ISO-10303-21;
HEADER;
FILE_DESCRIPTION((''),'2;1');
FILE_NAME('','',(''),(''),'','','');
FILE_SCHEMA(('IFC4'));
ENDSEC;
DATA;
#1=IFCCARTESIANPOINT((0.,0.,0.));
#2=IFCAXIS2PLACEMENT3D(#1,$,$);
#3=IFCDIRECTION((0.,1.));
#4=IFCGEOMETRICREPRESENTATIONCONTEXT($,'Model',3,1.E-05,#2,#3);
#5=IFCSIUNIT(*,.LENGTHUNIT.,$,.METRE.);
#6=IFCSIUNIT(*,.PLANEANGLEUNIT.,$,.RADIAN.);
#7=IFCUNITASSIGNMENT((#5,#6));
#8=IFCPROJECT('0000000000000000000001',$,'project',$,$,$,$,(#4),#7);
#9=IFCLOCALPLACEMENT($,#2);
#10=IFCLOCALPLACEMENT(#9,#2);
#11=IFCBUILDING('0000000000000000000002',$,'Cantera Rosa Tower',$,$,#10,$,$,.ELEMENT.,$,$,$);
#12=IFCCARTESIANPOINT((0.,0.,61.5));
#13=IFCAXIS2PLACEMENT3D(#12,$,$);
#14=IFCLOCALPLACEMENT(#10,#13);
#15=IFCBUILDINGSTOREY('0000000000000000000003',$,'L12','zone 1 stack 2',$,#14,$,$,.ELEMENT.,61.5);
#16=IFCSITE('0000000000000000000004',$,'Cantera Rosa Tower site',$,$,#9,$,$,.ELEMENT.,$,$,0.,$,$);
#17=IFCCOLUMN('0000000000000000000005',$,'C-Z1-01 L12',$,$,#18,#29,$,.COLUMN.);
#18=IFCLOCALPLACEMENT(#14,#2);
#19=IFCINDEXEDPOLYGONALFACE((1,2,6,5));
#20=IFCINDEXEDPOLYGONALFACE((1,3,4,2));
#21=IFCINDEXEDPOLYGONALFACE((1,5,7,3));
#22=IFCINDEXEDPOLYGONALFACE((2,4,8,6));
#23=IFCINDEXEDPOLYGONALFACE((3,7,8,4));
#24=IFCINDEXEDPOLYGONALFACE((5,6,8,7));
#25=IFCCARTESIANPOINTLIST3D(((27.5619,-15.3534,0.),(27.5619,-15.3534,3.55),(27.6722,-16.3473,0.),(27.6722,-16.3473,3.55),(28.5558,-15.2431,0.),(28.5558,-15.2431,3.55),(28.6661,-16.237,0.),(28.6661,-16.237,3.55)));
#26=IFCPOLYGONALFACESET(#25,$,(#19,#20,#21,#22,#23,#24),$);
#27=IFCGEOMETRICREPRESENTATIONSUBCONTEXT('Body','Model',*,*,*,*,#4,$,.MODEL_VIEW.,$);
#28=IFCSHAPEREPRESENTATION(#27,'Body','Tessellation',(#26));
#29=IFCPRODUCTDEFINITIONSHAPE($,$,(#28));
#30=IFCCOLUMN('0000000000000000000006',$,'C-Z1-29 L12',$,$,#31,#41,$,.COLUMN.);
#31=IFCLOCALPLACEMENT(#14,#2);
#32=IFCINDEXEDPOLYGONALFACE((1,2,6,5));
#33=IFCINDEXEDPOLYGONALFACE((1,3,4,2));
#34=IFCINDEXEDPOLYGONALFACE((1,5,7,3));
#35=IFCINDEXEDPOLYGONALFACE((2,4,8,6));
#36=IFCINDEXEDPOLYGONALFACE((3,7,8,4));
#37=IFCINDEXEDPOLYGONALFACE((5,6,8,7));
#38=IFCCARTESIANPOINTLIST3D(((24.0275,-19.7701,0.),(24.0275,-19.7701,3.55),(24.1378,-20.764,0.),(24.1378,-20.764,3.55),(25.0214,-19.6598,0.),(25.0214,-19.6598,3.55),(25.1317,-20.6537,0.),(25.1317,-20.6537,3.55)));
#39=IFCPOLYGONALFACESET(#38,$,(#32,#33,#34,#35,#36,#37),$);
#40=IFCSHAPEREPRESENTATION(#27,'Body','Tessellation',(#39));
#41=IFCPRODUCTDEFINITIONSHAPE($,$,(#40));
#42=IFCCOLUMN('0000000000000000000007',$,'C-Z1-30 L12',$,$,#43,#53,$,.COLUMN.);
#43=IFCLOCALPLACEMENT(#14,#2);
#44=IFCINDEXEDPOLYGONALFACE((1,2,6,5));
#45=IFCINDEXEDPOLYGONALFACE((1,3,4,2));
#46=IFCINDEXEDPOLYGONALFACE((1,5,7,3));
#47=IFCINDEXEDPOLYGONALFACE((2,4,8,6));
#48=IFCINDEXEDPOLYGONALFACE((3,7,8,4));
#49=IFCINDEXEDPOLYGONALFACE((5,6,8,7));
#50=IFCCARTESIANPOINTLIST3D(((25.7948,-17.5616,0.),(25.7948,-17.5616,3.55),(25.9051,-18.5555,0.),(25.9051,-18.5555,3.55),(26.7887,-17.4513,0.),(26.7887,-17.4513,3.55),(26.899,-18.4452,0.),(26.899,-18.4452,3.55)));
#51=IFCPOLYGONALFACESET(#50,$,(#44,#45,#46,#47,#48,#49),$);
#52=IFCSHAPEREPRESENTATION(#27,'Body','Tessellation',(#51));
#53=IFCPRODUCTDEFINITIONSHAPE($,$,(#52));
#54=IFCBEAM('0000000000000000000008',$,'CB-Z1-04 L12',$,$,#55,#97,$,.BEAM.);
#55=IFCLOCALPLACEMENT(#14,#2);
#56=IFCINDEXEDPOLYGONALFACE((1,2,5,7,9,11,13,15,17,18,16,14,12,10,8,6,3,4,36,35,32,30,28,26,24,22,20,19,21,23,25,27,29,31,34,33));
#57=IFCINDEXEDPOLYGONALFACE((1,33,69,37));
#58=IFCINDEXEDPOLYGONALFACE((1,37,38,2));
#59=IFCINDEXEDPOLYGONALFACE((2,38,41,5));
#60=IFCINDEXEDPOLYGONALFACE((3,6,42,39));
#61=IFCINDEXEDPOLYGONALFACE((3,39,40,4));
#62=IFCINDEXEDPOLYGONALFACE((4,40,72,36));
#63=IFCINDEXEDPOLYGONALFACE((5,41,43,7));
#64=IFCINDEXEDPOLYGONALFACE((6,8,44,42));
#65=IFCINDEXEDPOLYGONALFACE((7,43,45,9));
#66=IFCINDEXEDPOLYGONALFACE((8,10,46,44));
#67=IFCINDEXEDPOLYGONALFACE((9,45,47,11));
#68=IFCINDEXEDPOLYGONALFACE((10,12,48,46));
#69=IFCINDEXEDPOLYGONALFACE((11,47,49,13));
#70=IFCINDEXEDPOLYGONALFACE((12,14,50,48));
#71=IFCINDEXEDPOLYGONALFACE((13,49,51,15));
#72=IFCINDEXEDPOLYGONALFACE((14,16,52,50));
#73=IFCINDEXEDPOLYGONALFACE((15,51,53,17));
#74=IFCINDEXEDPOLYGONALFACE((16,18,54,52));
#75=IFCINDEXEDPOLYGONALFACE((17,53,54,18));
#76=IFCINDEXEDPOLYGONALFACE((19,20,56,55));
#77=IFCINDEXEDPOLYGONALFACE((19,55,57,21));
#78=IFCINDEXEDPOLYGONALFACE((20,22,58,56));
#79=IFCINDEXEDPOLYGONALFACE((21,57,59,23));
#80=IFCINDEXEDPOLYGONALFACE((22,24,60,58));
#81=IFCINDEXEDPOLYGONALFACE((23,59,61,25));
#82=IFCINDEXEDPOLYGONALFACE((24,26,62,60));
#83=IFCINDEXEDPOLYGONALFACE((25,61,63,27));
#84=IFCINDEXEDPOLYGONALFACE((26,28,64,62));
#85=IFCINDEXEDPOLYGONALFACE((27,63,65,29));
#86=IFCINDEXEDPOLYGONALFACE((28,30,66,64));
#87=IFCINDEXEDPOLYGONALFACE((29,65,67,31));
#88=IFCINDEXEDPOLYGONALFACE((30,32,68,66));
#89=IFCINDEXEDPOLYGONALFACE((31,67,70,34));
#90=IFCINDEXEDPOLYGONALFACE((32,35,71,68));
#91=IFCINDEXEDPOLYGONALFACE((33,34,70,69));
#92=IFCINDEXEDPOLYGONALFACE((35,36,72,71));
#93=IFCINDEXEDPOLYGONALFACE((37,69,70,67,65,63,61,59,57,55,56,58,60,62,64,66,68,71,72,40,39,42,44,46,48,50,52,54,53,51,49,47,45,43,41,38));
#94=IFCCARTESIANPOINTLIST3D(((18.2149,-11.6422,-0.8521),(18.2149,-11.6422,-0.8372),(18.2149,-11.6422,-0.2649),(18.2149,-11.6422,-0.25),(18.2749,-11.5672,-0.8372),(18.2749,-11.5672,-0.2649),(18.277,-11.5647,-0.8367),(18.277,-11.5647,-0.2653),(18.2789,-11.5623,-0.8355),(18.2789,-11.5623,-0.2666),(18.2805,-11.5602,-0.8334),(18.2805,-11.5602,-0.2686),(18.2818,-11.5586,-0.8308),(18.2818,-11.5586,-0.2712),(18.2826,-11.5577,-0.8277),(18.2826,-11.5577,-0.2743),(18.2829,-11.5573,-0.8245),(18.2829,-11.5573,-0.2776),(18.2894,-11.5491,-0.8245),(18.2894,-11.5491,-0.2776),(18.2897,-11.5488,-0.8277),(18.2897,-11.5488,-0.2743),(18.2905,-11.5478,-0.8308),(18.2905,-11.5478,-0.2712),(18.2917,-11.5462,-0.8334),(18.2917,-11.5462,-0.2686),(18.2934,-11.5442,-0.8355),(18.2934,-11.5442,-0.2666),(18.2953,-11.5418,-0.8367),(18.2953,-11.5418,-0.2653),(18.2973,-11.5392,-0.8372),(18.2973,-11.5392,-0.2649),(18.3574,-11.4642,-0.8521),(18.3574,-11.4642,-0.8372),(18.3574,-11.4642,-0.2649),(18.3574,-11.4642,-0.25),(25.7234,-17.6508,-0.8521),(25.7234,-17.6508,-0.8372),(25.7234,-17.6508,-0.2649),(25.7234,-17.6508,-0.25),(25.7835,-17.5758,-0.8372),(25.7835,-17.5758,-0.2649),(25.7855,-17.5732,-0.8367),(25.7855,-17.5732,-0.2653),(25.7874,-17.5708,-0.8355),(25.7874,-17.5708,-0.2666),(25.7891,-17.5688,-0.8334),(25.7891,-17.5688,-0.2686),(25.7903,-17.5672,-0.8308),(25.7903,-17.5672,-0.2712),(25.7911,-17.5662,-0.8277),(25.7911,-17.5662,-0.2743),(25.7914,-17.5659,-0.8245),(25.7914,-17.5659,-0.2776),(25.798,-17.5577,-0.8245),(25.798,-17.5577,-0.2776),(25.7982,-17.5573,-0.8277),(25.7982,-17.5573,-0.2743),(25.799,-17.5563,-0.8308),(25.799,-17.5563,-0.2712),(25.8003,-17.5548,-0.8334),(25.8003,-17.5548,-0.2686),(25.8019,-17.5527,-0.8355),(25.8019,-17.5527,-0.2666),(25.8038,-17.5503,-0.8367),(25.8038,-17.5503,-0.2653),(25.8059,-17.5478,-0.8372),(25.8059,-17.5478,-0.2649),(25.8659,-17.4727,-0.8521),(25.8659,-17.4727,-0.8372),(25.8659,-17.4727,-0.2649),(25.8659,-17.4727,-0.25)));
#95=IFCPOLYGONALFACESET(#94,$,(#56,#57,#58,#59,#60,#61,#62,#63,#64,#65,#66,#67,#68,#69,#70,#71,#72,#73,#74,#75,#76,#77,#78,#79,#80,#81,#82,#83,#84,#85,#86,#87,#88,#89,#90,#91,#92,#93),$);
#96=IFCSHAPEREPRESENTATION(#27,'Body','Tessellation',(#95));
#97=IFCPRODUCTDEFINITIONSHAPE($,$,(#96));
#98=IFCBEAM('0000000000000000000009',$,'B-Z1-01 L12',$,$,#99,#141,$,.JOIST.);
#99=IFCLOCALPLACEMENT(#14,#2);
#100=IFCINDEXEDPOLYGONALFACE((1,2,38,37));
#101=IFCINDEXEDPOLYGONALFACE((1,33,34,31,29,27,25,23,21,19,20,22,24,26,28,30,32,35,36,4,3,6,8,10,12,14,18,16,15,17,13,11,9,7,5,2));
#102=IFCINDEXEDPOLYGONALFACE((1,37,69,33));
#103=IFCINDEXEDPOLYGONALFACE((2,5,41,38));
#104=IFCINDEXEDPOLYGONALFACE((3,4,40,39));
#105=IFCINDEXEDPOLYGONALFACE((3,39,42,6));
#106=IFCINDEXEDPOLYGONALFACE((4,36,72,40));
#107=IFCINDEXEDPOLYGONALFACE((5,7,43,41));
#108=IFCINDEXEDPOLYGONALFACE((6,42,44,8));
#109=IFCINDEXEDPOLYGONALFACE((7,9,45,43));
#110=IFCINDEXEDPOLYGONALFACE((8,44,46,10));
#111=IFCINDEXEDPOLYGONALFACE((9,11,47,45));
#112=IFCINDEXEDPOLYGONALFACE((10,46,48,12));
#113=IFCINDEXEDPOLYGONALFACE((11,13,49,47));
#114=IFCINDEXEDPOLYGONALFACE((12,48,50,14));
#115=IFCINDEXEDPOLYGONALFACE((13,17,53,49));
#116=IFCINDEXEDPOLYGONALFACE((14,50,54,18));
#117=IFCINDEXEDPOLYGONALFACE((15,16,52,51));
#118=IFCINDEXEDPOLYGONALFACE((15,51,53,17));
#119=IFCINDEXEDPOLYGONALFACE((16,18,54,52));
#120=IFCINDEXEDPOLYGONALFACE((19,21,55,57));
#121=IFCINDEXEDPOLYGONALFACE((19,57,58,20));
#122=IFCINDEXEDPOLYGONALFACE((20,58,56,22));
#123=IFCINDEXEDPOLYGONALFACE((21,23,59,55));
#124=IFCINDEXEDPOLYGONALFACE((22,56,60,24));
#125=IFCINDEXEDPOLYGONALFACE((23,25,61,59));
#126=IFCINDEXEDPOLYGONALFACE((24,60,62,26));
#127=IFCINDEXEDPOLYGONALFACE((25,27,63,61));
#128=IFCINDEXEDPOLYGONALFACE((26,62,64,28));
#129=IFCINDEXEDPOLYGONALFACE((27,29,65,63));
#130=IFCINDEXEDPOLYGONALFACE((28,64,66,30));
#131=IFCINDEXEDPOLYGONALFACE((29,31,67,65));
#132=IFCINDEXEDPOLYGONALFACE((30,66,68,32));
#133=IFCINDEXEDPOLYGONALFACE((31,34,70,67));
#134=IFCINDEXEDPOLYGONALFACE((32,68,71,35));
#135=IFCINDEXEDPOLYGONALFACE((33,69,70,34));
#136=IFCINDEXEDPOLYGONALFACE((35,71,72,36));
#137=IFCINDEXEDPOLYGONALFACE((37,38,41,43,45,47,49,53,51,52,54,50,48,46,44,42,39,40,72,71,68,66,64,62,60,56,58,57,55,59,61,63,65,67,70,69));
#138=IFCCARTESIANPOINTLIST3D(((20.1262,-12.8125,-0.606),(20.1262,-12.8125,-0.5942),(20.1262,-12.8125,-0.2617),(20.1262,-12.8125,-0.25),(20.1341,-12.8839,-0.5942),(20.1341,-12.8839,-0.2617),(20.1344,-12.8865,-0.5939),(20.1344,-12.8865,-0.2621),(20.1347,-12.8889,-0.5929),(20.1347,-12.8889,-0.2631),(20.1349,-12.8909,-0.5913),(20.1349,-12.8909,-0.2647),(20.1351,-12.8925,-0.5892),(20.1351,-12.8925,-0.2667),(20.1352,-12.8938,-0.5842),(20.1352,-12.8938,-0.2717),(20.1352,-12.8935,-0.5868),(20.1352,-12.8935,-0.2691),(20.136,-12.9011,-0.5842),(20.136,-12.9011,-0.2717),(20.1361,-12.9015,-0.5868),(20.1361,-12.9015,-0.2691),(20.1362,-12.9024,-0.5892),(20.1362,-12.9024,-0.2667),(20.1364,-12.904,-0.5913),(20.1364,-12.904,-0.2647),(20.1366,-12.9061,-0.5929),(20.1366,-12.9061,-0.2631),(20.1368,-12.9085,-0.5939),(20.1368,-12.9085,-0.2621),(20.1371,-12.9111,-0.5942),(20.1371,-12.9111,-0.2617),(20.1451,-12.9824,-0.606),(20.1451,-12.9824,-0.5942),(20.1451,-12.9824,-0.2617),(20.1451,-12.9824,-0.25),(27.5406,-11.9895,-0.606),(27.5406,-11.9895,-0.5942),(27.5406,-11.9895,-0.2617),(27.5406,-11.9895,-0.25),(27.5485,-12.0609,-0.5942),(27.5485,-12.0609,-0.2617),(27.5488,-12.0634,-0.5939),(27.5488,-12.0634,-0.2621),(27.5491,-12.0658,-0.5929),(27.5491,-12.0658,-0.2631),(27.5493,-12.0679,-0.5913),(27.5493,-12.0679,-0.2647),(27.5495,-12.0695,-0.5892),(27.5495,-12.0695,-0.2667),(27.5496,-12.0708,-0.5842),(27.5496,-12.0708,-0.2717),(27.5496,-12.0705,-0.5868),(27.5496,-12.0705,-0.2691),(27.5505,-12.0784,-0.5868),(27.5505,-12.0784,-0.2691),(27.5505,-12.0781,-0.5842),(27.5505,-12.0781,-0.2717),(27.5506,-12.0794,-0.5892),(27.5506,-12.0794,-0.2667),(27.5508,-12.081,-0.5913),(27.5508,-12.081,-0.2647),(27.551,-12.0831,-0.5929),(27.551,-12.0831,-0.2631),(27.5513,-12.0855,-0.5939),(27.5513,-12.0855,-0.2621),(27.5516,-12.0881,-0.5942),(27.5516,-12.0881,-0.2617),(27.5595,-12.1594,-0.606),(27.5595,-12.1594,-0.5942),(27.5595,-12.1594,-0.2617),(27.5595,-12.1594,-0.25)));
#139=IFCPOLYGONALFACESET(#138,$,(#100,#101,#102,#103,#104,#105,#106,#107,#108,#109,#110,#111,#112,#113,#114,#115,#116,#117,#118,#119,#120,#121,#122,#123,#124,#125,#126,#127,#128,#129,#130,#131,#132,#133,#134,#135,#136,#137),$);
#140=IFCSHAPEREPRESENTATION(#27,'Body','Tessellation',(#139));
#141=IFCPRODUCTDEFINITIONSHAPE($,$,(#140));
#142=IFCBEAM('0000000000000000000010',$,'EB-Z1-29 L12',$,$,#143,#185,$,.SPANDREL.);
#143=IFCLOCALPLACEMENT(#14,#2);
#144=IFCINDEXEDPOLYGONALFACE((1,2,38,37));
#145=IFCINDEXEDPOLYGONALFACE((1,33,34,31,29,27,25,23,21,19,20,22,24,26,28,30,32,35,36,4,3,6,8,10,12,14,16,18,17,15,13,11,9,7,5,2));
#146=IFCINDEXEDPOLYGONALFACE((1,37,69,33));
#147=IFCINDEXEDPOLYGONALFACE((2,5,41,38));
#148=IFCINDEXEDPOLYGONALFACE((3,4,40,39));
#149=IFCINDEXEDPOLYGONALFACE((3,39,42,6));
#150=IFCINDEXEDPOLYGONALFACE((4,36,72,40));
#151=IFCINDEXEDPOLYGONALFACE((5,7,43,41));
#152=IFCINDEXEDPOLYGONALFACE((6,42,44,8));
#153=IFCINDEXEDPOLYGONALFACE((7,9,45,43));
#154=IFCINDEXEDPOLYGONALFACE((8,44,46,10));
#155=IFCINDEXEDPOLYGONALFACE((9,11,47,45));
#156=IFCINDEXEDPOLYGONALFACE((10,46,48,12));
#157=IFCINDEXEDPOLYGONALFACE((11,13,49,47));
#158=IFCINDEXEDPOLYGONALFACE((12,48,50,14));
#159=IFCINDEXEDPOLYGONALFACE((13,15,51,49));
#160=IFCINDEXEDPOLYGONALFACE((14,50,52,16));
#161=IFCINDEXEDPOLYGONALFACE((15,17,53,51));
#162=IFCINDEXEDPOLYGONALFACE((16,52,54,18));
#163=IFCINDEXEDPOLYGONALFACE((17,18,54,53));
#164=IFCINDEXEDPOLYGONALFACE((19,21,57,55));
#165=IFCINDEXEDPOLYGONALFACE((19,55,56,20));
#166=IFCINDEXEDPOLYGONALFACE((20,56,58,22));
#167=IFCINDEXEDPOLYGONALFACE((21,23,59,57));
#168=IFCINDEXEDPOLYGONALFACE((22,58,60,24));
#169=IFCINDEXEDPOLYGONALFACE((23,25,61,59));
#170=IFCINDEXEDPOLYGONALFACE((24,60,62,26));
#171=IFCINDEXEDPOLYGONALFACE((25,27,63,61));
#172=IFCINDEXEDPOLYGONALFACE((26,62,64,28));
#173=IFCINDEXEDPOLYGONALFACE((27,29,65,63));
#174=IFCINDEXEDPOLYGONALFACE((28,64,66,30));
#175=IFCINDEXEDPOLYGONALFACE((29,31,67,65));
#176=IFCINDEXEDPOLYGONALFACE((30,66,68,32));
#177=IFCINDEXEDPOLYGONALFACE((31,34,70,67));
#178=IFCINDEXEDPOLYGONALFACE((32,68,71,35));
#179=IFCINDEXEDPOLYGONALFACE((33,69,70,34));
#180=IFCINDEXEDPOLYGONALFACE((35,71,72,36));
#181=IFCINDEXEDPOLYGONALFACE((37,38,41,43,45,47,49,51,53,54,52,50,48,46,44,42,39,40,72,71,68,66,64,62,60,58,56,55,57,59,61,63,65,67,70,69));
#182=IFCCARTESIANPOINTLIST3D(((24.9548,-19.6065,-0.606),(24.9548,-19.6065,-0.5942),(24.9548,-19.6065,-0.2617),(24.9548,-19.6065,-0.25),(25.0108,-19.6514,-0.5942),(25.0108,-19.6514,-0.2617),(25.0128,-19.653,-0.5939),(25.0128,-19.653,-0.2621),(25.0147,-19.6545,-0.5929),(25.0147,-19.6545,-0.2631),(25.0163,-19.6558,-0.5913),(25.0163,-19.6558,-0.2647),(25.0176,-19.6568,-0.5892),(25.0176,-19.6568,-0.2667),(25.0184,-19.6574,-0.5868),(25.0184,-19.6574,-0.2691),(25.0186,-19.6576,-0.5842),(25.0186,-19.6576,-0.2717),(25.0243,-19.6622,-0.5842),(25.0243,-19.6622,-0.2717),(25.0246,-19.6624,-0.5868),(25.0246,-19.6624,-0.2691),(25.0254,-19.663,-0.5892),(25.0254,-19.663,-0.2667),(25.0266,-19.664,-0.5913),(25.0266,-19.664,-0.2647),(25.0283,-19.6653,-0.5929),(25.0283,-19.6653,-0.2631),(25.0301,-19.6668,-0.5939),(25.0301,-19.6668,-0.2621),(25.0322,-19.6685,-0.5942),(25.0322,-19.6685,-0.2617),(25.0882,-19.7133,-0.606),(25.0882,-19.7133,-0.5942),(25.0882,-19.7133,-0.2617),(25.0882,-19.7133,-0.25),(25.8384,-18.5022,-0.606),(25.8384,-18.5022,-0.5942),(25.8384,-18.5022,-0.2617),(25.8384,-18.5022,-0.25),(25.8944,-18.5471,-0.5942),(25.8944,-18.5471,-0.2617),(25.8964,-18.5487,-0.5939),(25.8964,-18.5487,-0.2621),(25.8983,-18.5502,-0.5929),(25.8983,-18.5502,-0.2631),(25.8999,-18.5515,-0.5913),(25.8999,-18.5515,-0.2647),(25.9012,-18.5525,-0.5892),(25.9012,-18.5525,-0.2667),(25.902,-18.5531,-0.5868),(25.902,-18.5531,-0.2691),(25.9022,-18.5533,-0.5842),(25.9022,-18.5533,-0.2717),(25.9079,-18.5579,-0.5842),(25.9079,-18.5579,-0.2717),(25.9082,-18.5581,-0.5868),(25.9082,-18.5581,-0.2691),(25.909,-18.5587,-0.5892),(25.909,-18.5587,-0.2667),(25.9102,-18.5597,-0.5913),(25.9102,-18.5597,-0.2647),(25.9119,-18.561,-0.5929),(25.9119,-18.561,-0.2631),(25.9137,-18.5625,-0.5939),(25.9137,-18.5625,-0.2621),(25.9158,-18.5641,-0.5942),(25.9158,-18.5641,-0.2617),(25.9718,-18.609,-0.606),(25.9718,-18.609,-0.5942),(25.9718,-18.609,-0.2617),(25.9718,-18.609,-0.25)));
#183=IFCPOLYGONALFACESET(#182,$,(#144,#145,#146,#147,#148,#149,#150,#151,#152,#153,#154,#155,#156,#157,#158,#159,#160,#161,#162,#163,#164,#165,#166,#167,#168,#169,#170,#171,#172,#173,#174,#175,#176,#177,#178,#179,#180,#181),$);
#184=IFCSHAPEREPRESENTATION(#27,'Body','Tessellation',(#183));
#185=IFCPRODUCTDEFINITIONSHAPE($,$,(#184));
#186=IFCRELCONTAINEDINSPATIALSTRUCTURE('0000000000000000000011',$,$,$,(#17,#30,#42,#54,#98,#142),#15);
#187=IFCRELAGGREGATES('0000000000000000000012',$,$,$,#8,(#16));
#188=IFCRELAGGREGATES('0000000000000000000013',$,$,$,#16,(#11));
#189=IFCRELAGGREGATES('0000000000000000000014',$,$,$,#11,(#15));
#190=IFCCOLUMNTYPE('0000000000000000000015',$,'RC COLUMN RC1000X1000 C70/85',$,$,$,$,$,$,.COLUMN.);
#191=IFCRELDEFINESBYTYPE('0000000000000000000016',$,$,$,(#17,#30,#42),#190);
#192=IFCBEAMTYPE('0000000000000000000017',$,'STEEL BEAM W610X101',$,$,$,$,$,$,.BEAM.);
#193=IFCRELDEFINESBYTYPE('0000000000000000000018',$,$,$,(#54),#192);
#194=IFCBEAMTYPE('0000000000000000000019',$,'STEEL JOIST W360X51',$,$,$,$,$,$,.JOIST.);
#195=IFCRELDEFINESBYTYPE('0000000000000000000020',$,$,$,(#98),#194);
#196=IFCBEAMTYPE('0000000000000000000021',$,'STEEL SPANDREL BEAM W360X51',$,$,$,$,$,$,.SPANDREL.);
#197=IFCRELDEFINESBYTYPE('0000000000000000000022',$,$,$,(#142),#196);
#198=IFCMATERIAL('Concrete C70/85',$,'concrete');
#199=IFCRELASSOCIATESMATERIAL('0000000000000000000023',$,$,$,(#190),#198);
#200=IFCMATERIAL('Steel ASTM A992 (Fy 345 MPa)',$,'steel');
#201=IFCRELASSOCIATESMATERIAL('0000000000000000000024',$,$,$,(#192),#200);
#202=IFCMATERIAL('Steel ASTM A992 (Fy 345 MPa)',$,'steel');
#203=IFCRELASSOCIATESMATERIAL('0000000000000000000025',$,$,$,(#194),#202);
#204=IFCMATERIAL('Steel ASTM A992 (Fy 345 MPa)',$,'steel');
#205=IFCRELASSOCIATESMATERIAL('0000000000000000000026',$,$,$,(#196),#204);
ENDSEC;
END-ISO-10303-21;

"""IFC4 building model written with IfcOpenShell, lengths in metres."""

from ifc_helpers import new_model, si_unit, direction, frame, origin, origin_2d, place, context, subcontext, project, spatial, rectangle, i_section, extrude, material, material_profile, profile_set, type_object, element, save


model = new_model("IFC4")

# Units and contexts
model_context = context("Model", 3, precision=1e-05, world=origin(), true_north=direction((0.0, 1.0)))
body_context = subcontext(model_context, "Body", "Model", "MODEL_VIEW")
ifc_project = project(units=[si_unit("LENGTHUNIT", "METRE"), si_unit("PLANEANGLEUNIT", "RADIAN")], contexts=[model_context])

# Site, building, storey
site_placement = place(None, origin())
site = spatial("IfcSite", under=ifc_project, at=site_placement, Name="Cantera Rosa Tower site", CompositionType="ELEMENT", RefElevation=0.0)
building_placement = place(site_placement, origin())
building = spatial("IfcBuilding", under=site, at=building_placement, Name="Cantera Rosa Tower", CompositionType="ELEMENT")
storey_placement = place(building_placement, frame((0.0, 0.0, 61.5)))
storey = spatial("IfcBuildingStorey", under=building, at=storey_placement, Name="L12", Description="zone 1 stack 2", CompositionType="ELEMENT", Elevation=61.5)

# Columns
ifc_material_1 = material(Name="Concrete C70/85", Category="concrete")
ifc_material_profile_1 = material_profile(ifc_material_1, rectangle(XDim=1.0, YDim=1.0, at=origin_2d()), Name="RC COLUMN RC1000X1000 C70/85")
ifc_profile_set_1 = profile_set([ifc_material_profile_1], Name="Concrete C70/85")
column_type = type_object("IfcColumnType", Name="RC COLUMN RC1000X1000 C70/85", PredefinedType="COLUMN", material=ifc_profile_set_1)
for number, where, z_axis, x_axis, name in (
    (1, (28.114, -15.7952, 0.0), (0.0, 0.0, 1.0), (0.993897, 0.110313, 0.0), "C-Z1-01 L12"),
    (2, (24.5796, -20.2119, 0.0), (0.0, 0.0, 1.0), (0.993897, 0.110313, 0.0), "C-Z1-29 L12"),
    (3, (26.3469, -18.0034, 0.0), (0.0, 0.0, 1.0), (0.993897, 0.110313, 0.0), "C-Z1-30 L12"),
):
    element("IfcColumn", number, at=place(storey_placement, frame(where, z_axis=z_axis, x_axis=x_axis)), inside=storey, type_object=column_type, Name=name, PredefinedType="COLUMN", context=body_context, shape_type="SweptSolid", body=[
        extrude(rectangle(XDim=1.0, YDim=1.0, at=origin_2d()), origin(), (0.0, 0.0, 1.0), 3.55),
    ])

# Beams
ifc_material_2 = material(Name="Steel ASTM A992 (Fy 345 MPa)", Category="steel")
ifc_material_profile_2 = material_profile(ifc_material_2, i_section(OverallWidth=0.228, OverallDepth=0.6021, WebThickness=0.0105, FlangeThickness=0.0149, FilletRadius=0.0127, at=origin_2d()), Name="W610X101")
ifc_profile_set_2 = profile_set([ifc_material_profile_2], Name="Steel ASTM A992 (Fy 345 MPa)")
beam_type_1 = type_object("IfcBeamType", Name="STEEL BEAM W610X101", PredefinedType="BEAM", material=ifc_profile_set_2)
beam_1_placement = place(storey_placement, frame((25.7947, -17.5618, -0.551), z_axis=(-0.780782, 0.624803, 0.0), x_axis=(-0.624803, -0.780782, 0.0)))
element("IfcBeam", 4, at=beam_1_placement, inside=storey, type_object=beam_type_1, Name="CB-Z1-04 L12", PredefinedType="BEAM", context=body_context, shape_type="SweptSolid", body=[
    extrude(i_section(OverallWidth=0.228, OverallDepth=0.6021, WebThickness=0.0105, FlangeThickness=0.0149, FilletRadius=0.0127, at=origin_2d()), origin(), (0.0, 0.0, 1.0), 9.6167),
])
ifc_material_3 = material(Name="Steel ASTM A992 (Fy 345 MPa)", Category="steel")
ifc_material_profile_3 = material_profile(ifc_material_3, i_section(OverallWidth=0.1709, OverallDepth=0.356, WebThickness=0.0073, FlangeThickness=0.0117, FilletRadius=0.01, at=origin_2d()), Name="W360X51")
ifc_profile_set_3 = profile_set([ifc_material_profile_3], Name="Steel ASTM A992 (Fy 345 MPa)")
beam_type_2 = type_object("IfcBeamType", Name="STEEL JOIST W360X51", PredefinedType="JOIST", material=ifc_profile_set_3)
beam_2_placement = place(storey_placement, frame((27.55, -12.0745, -0.428), z_axis=(-0.993896, -0.110324, 0.0), x_axis=(0.110324, -0.993896, 0.0)))
element("IfcBeam", 5, at=beam_2_placement, inside=storey, type_object=beam_type_2, Name="B-Z1-01 L12", PredefinedType="JOIST", context=body_context, shape_type="SweptSolid", body=[
    extrude(i_section(OverallWidth=0.1709, OverallDepth=0.356, WebThickness=0.0073, FlangeThickness=0.0117, FilletRadius=0.01, at=origin_2d()), origin(), (0.0, 0.0, 1.0), 7.46),
])
ifc_material_4 = material(Name="Steel ASTM A992 (Fy 345 MPa)", Category="steel")
ifc_material_profile_4 = material_profile(ifc_material_4, i_section(OverallWidth=0.1709, OverallDepth=0.356, WebThickness=0.0073, FlangeThickness=0.0117, FilletRadius=0.01, at=origin_2d()), Name="W360X51")
ifc_profile_set_4 = profile_set([ifc_material_profile_4], Name="Steel ASTM A992 (Fy 345 MPa)")
beam_type_3 = type_object("IfcBeamType", Name="STEEL SPANDREL BEAM W360X51", PredefinedType="SPANDREL", material=ifc_profile_set_4)
for number, where, z_axis, x_axis, name in (
    (6, (25.0215, -19.6599, -0.428), (0.624758, 0.780818, 0.0), (-0.780818, 0.624758, 0.0), "EB-Z1-29 L12"),
):
    element("IfcBeam", number, at=place(storey_placement, frame(where, z_axis=z_axis, x_axis=x_axis)), inside=storey, type_object=beam_type_3, Name=name, PredefinedType="SPANDREL", context=body_context, shape_type="SweptSolid", body=[
        extrude(i_section(OverallWidth=0.1709, OverallDepth=0.356, WebThickness=0.0073, FlangeThickness=0.0117, FilletRadius=0.01, at=origin_2d()), origin(), (0.0, 0.0, 1.0), 1.4143),
    ])

save(model, "model.ifc")
